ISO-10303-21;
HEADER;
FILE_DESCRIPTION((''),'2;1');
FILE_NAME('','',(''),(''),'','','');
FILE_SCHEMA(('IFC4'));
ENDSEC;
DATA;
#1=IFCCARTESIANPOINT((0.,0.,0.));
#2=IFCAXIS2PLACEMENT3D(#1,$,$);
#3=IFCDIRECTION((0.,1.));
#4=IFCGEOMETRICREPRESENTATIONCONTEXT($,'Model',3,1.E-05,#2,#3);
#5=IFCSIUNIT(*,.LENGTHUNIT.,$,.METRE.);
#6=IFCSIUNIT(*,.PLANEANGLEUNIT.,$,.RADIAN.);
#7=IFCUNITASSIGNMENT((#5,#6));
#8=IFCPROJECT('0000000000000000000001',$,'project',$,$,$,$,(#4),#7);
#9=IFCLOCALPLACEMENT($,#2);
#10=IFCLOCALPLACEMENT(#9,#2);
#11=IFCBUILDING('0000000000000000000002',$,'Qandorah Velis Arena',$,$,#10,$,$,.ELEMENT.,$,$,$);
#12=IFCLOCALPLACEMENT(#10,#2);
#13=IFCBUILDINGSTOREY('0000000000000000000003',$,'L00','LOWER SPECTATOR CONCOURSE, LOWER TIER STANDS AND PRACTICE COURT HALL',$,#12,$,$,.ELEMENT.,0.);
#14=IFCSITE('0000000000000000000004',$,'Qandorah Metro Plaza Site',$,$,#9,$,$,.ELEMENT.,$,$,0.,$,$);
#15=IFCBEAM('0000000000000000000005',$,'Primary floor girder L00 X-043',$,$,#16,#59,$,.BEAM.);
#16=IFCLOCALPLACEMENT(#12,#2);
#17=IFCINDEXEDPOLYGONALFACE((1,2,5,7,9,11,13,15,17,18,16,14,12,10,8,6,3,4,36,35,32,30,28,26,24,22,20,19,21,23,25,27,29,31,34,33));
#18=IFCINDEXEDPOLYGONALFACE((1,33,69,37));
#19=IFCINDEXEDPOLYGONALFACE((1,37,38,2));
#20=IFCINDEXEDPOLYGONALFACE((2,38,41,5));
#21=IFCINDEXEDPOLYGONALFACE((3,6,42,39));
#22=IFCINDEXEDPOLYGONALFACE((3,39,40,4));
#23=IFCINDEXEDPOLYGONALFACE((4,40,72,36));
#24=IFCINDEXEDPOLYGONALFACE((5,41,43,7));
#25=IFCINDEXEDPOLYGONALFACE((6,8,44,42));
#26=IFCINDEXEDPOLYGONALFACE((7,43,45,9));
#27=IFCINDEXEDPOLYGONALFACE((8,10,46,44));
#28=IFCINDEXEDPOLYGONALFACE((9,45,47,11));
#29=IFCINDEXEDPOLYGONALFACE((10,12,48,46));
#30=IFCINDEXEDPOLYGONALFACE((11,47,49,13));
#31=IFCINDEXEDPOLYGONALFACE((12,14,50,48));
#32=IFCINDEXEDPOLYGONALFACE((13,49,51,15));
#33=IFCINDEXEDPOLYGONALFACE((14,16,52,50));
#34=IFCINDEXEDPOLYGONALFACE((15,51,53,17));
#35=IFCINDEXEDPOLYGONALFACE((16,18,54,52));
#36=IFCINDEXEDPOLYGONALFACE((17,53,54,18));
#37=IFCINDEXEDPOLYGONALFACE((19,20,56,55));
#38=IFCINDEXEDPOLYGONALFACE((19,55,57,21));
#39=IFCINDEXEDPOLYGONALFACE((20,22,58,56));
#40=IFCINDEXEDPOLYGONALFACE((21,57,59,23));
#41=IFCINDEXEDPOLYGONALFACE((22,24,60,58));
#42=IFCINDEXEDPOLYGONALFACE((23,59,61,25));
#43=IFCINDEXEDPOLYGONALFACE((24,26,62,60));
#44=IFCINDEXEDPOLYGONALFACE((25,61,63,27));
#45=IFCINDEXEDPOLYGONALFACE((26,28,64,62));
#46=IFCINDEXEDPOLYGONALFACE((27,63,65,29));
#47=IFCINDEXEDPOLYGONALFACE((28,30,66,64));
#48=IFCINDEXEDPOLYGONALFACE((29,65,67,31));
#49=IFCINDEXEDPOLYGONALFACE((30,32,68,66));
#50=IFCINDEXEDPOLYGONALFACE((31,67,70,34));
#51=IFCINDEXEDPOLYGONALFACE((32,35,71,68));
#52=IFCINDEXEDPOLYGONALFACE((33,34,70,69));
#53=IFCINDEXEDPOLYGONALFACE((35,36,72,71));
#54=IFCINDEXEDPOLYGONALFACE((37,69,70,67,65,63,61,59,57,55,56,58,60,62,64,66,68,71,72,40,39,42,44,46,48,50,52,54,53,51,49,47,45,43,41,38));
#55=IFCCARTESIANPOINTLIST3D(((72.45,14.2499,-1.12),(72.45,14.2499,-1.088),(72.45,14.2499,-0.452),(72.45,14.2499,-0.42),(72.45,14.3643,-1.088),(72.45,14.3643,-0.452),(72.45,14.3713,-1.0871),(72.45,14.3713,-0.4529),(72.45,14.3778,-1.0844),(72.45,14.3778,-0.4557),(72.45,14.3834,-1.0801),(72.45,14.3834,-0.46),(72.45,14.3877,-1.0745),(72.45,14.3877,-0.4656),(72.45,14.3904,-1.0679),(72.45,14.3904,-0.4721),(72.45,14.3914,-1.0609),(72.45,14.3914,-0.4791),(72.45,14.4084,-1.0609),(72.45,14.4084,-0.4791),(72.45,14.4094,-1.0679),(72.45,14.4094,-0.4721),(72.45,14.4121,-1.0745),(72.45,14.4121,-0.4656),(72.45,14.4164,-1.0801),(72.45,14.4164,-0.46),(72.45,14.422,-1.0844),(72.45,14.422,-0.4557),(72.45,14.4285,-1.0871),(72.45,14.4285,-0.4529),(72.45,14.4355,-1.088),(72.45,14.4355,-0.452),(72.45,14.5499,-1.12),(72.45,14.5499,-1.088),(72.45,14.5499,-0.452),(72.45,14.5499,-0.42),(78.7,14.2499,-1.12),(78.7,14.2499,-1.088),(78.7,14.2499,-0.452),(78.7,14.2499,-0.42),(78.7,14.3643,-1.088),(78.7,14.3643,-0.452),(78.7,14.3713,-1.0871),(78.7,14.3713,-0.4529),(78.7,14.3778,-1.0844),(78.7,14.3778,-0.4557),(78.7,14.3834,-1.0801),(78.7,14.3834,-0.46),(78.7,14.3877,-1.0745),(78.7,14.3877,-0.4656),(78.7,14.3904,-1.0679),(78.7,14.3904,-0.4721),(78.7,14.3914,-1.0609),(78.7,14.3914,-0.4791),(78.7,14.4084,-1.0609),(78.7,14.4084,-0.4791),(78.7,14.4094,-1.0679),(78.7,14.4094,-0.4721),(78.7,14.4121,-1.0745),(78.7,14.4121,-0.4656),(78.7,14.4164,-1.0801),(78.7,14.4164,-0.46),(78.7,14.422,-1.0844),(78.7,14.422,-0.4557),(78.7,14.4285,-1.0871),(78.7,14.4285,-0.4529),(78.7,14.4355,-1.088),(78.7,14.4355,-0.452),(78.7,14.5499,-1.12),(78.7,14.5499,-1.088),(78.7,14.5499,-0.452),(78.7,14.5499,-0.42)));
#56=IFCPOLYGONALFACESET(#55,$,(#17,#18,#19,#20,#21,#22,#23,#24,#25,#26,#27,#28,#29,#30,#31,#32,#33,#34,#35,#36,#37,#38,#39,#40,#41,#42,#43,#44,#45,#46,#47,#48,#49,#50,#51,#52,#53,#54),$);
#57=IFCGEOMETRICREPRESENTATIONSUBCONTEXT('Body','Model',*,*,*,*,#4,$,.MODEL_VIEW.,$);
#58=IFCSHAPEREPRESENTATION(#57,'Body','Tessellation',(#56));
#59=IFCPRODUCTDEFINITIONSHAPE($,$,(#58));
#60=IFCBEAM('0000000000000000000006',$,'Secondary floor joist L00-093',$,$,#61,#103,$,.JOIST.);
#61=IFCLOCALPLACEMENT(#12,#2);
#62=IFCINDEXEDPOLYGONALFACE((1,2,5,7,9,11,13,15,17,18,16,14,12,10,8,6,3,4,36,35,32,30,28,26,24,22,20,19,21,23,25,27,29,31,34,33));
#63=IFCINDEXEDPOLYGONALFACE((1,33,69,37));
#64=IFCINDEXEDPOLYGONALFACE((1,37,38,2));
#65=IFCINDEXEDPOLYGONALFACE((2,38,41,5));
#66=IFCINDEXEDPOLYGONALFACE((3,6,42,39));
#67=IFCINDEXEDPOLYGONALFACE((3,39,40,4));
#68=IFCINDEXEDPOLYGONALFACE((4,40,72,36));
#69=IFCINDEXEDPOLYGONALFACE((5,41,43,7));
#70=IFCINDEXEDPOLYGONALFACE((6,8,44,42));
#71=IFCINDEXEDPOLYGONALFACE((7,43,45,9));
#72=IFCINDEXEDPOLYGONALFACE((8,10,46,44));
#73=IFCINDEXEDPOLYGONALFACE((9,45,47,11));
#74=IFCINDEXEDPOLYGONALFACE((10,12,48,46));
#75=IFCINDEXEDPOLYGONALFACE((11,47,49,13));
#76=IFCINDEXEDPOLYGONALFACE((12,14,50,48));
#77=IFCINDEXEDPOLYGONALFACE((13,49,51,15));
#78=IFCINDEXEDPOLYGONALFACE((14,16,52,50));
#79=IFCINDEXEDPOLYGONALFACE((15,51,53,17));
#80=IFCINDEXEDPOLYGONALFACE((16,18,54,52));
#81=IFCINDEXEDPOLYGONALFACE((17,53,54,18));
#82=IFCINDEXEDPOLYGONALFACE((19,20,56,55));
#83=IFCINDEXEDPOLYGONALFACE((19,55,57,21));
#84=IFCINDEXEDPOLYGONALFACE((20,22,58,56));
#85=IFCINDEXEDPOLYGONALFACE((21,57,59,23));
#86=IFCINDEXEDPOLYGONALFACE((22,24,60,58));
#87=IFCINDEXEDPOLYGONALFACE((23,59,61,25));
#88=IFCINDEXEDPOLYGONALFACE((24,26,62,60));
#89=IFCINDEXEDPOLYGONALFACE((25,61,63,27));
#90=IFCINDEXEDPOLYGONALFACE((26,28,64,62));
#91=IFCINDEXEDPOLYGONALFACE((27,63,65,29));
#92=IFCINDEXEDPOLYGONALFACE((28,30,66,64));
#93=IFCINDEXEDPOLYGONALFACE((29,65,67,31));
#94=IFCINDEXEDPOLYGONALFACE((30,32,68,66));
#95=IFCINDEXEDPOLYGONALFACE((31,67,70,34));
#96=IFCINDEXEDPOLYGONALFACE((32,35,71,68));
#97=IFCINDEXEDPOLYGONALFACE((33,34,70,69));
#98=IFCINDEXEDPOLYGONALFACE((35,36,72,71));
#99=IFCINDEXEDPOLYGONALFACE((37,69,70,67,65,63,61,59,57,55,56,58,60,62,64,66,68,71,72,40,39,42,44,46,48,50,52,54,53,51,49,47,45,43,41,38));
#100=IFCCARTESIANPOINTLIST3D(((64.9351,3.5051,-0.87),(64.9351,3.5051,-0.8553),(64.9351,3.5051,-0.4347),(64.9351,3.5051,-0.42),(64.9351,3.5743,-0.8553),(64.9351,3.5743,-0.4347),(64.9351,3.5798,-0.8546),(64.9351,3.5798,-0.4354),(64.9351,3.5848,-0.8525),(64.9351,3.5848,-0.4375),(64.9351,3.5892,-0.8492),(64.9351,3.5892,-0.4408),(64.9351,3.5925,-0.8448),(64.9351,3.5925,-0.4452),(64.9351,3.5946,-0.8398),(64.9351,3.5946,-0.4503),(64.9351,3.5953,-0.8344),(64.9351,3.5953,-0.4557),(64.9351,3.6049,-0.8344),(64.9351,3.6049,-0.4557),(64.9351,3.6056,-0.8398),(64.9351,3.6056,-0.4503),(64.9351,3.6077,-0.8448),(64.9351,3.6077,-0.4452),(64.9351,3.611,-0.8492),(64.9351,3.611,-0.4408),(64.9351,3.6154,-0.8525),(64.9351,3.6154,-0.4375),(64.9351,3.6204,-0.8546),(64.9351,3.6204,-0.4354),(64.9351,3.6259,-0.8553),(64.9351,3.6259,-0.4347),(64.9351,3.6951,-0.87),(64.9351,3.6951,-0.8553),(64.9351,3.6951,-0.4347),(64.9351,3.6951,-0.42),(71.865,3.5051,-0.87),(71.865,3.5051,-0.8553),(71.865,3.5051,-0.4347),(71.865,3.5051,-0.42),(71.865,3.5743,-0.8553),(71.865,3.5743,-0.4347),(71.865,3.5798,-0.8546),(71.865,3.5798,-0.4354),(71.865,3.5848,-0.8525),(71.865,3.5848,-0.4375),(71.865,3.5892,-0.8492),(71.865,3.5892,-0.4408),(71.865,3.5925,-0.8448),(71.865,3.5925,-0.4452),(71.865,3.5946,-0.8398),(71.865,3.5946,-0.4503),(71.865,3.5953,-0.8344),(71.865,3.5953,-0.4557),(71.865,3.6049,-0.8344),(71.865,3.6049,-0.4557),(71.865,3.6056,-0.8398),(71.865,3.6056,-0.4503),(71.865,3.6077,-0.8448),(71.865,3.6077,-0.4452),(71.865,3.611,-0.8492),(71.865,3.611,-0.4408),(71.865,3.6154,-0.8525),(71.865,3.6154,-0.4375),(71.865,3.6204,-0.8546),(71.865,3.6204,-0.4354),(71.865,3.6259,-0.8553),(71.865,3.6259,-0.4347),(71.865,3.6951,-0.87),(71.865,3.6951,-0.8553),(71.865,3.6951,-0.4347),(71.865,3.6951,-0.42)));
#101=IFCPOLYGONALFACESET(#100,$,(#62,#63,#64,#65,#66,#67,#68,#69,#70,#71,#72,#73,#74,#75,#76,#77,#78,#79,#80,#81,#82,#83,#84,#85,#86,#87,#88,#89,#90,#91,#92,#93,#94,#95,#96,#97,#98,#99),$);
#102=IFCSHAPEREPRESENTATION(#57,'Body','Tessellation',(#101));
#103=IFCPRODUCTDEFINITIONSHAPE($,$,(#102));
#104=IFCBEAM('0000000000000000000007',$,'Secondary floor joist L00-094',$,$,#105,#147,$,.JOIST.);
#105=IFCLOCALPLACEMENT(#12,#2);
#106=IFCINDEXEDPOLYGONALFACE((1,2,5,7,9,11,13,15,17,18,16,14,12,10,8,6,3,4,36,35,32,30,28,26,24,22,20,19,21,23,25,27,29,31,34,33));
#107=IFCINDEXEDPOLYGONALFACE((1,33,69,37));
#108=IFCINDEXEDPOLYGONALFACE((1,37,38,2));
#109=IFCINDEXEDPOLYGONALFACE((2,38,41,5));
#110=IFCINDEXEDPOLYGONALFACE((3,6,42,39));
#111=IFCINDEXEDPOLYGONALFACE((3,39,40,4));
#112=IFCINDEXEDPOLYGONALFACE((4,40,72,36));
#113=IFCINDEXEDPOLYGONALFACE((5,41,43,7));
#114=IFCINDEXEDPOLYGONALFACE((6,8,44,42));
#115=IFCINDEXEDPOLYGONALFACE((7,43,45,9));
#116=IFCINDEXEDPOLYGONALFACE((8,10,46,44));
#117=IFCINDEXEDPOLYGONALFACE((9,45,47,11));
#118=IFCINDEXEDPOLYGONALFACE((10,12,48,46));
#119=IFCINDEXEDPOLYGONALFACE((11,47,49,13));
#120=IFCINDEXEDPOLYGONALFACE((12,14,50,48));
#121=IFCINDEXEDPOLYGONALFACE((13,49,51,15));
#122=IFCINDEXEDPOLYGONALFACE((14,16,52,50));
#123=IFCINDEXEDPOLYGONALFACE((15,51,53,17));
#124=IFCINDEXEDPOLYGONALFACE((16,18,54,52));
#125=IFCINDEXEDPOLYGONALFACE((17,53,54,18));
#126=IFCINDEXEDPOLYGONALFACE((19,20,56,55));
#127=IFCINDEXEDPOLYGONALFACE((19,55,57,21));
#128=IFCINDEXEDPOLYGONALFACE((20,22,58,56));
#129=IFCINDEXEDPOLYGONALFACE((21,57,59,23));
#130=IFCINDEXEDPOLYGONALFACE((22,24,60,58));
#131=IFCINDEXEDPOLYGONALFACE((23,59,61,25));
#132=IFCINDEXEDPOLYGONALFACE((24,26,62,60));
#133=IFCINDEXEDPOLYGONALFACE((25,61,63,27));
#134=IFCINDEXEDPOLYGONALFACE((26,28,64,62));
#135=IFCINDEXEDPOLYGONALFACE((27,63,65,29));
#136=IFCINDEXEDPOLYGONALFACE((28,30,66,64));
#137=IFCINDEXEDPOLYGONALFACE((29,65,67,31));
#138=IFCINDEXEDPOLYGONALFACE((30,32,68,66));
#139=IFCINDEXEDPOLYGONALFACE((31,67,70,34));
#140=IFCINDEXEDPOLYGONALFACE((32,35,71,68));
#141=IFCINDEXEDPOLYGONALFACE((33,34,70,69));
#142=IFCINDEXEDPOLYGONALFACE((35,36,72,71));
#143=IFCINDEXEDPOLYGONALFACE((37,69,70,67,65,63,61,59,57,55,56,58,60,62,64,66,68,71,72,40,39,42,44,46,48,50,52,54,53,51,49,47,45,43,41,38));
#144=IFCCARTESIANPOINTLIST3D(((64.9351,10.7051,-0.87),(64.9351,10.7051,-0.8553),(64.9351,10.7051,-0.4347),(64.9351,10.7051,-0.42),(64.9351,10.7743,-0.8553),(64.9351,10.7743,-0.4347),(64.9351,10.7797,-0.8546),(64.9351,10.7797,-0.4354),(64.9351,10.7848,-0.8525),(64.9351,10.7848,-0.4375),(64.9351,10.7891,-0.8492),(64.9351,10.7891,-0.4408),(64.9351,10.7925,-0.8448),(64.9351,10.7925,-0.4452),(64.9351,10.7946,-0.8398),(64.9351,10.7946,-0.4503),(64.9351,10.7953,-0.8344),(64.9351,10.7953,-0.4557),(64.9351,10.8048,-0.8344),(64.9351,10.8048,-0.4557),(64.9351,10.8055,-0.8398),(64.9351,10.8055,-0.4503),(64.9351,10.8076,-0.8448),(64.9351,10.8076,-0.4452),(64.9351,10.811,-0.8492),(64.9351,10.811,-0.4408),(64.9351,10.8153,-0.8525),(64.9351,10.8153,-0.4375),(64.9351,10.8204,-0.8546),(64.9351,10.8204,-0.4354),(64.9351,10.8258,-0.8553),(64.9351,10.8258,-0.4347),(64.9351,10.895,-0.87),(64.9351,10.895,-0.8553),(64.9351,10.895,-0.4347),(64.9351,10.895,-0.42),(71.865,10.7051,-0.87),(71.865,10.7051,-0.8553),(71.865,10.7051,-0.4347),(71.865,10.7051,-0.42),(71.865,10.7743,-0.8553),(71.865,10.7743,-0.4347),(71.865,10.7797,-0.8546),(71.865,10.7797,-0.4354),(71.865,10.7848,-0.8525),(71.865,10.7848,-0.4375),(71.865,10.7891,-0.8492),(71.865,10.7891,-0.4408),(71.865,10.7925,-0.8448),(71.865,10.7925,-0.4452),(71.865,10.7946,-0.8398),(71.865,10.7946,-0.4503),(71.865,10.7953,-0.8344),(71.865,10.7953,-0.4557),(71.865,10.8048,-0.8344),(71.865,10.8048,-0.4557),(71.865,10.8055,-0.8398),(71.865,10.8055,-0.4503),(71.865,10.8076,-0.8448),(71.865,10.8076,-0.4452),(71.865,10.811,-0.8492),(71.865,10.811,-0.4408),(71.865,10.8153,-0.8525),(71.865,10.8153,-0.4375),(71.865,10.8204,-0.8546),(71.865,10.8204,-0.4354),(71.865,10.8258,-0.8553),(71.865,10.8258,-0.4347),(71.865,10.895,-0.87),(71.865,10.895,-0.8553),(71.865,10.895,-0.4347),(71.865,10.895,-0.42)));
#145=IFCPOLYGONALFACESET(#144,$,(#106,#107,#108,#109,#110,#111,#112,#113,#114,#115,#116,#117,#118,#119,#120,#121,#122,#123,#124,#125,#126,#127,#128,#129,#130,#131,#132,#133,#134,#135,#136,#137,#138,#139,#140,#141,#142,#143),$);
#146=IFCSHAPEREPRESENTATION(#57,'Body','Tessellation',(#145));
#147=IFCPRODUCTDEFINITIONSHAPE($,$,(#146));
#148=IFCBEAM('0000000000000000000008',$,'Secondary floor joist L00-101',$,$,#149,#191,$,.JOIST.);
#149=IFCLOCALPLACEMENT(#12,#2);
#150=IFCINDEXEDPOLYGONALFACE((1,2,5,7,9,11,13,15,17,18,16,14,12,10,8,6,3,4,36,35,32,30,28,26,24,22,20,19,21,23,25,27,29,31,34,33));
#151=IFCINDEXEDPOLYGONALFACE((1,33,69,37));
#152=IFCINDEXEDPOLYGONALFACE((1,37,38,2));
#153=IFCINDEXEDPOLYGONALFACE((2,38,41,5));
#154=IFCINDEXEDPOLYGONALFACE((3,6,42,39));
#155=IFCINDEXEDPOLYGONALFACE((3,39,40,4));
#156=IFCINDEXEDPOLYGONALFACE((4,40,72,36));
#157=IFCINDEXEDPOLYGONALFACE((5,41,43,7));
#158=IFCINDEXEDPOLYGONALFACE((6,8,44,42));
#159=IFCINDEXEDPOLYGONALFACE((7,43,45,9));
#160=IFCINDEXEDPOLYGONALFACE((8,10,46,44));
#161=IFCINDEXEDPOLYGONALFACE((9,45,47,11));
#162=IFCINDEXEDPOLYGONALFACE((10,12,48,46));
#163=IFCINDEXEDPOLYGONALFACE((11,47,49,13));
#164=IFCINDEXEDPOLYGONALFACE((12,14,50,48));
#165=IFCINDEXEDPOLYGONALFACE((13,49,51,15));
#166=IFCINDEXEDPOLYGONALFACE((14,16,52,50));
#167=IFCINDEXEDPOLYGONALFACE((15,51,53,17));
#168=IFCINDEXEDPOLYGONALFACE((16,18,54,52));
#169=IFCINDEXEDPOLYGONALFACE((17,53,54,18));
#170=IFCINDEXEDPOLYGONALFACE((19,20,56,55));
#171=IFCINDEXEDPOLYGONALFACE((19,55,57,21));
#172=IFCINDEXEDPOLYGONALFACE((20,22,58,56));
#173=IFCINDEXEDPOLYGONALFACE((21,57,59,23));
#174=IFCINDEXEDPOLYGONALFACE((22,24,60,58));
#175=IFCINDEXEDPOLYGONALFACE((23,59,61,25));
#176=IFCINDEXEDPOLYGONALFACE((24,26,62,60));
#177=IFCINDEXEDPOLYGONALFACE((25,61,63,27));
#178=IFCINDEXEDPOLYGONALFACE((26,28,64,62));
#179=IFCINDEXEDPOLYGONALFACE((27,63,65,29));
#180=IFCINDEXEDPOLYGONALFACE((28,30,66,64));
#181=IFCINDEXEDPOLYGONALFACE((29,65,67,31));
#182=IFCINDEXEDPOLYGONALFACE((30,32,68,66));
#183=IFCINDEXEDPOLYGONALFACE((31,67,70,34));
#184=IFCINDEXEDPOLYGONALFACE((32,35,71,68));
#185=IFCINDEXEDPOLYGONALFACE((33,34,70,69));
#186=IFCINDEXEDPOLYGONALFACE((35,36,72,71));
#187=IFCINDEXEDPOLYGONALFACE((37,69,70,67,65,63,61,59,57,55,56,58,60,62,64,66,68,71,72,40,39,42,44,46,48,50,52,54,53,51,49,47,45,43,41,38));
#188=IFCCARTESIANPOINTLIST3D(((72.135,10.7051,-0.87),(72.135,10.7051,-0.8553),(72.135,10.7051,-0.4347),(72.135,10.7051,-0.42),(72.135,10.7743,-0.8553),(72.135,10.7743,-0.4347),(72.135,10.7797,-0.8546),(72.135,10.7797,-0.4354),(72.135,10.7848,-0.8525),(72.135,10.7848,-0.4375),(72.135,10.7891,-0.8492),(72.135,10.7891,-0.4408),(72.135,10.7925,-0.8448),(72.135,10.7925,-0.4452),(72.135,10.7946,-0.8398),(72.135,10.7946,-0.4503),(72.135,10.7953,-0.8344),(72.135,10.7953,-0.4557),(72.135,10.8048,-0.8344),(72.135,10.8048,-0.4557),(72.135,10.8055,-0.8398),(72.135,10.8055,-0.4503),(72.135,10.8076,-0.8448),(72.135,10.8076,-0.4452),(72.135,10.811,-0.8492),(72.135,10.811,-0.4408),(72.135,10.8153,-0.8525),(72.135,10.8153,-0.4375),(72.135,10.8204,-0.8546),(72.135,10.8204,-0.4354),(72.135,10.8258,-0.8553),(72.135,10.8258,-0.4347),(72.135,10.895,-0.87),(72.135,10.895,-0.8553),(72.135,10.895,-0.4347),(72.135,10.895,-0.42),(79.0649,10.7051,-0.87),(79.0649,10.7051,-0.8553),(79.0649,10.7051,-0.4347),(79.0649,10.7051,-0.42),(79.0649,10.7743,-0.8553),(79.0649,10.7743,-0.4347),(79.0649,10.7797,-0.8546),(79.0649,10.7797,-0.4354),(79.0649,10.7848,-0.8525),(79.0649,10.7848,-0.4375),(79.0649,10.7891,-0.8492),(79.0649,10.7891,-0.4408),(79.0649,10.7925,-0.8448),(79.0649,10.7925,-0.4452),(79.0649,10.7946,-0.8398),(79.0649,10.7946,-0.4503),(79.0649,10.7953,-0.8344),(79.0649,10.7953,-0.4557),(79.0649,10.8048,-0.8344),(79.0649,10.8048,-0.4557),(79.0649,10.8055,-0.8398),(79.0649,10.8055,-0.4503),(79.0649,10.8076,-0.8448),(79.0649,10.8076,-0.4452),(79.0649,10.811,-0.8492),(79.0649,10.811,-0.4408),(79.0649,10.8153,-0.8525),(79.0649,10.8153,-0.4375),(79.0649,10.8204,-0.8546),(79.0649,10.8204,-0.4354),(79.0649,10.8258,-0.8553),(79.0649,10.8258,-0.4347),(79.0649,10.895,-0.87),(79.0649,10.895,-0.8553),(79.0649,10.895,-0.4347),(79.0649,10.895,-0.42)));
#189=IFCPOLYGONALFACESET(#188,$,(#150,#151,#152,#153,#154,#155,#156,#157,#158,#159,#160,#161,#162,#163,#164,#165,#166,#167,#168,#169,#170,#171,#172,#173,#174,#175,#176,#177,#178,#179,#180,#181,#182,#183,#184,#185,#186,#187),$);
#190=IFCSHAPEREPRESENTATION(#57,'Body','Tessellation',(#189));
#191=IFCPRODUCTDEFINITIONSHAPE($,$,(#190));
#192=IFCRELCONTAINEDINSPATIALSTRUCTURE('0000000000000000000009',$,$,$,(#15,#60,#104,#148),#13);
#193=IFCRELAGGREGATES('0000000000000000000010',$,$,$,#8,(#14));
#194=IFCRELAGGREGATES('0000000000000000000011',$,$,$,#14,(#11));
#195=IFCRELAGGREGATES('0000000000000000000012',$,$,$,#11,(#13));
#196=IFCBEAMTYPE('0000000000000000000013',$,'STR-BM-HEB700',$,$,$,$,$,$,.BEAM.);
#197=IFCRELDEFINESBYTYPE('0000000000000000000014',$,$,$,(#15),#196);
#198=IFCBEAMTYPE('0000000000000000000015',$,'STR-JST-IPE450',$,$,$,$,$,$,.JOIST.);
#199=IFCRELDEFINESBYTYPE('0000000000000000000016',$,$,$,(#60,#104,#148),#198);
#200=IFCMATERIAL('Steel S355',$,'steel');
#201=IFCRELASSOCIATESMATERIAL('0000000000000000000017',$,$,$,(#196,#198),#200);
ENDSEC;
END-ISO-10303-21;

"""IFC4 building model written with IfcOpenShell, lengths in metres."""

from ifc_helpers import new_model, si_unit, direction, frame, origin, origin_2d, place, context, subcontext, project, spatial, i_section, extrude, material, material_profile, profile_set, type_object, element, save


model = new_model("IFC4")

# Units and contexts
model_context = context("Model", 3, precision=1e-05, world=origin(), true_north=direction((0.0, 1.0)))
body_context = subcontext(model_context, "Body", "Model", "MODEL_VIEW")
ifc_project = project(units=[si_unit("LENGTHUNIT", "METRE"), si_unit("PLANEANGLEUNIT", "RADIAN")], contexts=[model_context])

# Site, building, storey
site_placement = place(None, origin())
site = spatial("IfcSite", under=ifc_project, at=site_placement, Name="Qandorah Metro Plaza Site", CompositionType="ELEMENT", RefElevation=0.0)
building_placement = place(site_placement, origin())
building = spatial("IfcBuilding", under=site, at=building_placement, Name="Qandorah Velis Arena", CompositionType="ELEMENT")
storey_placement = place(building_placement, origin())
storey = spatial("IfcBuildingStorey", under=building, at=storey_placement, Name="L00", Description="LOWER SPECTATOR CONCOURSE, LOWER TIER STANDS AND PRACTICE COURT HALL", CompositionType="ELEMENT", Elevation=0.0)

# Beams
ifc_material_1 = material(Name="Steel S355", Category="steel")
ifc_material_profile_1 = material_profile(ifc_material_1, i_section(OverallWidth=0.3, OverallDepth=0.7, WebThickness=0.0171, FlangeThickness=0.032, FilletRadius=0.0271, at=origin_2d()), Name="HEB 700")
ifc_profile_set_1 = profile_set([ifc_material_profile_1], Name="Steel S355")
beam_type_1 = type_object("IfcBeamType", Name="STR-BM-HEB700", PredefinedType="BEAM", material=ifc_profile_set_1)
for number, where, z_axis, x_axis, name in (
    (1, (72.45, 14.3999, -0.77), (1.0, 0.0, 0.0), (0.0, 1.0, 0.0), "Primary floor girder L00 X-043"),
):
    element("IfcBeam", number, at=place(storey_placement, frame(where, z_axis=z_axis, x_axis=x_axis)), inside=storey, type_object=beam_type_1, Name=name, PredefinedType="BEAM", context=body_context, shape_type="SweptSolid", body=[
        extrude(i_section(OverallWidth=0.3, OverallDepth=0.7, WebThickness=0.0171, FlangeThickness=0.032, FilletRadius=0.0271, at=origin_2d()), origin(), (0.0, 0.0, 1.0), 6.25),
    ])
ifc_material_profile_2 = material_profile(ifc_material_1, i_section(OverallWidth=0.1899, OverallDepth=0.45, WebThickness=0.0095, FlangeThickness=0.0146, FilletRadius=0.021, at=origin_2d()), Name="IPE 450")
ifc_profile_set_2 = profile_set([ifc_material_profile_2], Name="Steel S355")
beam_type_2 = type_object("IfcBeamType", Name="STR-JST-IPE450", PredefinedType="JOIST", material=ifc_profile_set_2)
for number, where, z_axis, x_axis, name in (
    (2, (64.9351, 3.6001, -0.645), (1.0, 0.0, 0.0), (0.0, 1.0, 0.0), "Secondary floor joist L00-093"),
    (3, (64.9351, 10.8, -0.645), (1.0, 0.0, 0.0), (0.0, 1.0, 0.0), "Secondary floor joist L00-094"),
    (4, (72.135, 10.8, -0.645), (1.0, 0.0, 0.0), (0.0, 1.0, 0.0), "Secondary floor joist L00-101"),
):
    element("IfcBeam", number, at=place(storey_placement, frame(where, z_axis=z_axis, x_axis=x_axis)), inside=storey, type_object=beam_type_2, Name=name, PredefinedType="JOIST", context=body_context, shape_type="SweptSolid", body=[
        extrude(i_section(OverallWidth=0.1899, OverallDepth=0.45, WebThickness=0.0095, FlangeThickness=0.0146, FilletRadius=0.021, at=origin_2d()), origin(), (0.0, 0.0, 1.0), 6.9299),
    ])

save(model, "model.ifc")
